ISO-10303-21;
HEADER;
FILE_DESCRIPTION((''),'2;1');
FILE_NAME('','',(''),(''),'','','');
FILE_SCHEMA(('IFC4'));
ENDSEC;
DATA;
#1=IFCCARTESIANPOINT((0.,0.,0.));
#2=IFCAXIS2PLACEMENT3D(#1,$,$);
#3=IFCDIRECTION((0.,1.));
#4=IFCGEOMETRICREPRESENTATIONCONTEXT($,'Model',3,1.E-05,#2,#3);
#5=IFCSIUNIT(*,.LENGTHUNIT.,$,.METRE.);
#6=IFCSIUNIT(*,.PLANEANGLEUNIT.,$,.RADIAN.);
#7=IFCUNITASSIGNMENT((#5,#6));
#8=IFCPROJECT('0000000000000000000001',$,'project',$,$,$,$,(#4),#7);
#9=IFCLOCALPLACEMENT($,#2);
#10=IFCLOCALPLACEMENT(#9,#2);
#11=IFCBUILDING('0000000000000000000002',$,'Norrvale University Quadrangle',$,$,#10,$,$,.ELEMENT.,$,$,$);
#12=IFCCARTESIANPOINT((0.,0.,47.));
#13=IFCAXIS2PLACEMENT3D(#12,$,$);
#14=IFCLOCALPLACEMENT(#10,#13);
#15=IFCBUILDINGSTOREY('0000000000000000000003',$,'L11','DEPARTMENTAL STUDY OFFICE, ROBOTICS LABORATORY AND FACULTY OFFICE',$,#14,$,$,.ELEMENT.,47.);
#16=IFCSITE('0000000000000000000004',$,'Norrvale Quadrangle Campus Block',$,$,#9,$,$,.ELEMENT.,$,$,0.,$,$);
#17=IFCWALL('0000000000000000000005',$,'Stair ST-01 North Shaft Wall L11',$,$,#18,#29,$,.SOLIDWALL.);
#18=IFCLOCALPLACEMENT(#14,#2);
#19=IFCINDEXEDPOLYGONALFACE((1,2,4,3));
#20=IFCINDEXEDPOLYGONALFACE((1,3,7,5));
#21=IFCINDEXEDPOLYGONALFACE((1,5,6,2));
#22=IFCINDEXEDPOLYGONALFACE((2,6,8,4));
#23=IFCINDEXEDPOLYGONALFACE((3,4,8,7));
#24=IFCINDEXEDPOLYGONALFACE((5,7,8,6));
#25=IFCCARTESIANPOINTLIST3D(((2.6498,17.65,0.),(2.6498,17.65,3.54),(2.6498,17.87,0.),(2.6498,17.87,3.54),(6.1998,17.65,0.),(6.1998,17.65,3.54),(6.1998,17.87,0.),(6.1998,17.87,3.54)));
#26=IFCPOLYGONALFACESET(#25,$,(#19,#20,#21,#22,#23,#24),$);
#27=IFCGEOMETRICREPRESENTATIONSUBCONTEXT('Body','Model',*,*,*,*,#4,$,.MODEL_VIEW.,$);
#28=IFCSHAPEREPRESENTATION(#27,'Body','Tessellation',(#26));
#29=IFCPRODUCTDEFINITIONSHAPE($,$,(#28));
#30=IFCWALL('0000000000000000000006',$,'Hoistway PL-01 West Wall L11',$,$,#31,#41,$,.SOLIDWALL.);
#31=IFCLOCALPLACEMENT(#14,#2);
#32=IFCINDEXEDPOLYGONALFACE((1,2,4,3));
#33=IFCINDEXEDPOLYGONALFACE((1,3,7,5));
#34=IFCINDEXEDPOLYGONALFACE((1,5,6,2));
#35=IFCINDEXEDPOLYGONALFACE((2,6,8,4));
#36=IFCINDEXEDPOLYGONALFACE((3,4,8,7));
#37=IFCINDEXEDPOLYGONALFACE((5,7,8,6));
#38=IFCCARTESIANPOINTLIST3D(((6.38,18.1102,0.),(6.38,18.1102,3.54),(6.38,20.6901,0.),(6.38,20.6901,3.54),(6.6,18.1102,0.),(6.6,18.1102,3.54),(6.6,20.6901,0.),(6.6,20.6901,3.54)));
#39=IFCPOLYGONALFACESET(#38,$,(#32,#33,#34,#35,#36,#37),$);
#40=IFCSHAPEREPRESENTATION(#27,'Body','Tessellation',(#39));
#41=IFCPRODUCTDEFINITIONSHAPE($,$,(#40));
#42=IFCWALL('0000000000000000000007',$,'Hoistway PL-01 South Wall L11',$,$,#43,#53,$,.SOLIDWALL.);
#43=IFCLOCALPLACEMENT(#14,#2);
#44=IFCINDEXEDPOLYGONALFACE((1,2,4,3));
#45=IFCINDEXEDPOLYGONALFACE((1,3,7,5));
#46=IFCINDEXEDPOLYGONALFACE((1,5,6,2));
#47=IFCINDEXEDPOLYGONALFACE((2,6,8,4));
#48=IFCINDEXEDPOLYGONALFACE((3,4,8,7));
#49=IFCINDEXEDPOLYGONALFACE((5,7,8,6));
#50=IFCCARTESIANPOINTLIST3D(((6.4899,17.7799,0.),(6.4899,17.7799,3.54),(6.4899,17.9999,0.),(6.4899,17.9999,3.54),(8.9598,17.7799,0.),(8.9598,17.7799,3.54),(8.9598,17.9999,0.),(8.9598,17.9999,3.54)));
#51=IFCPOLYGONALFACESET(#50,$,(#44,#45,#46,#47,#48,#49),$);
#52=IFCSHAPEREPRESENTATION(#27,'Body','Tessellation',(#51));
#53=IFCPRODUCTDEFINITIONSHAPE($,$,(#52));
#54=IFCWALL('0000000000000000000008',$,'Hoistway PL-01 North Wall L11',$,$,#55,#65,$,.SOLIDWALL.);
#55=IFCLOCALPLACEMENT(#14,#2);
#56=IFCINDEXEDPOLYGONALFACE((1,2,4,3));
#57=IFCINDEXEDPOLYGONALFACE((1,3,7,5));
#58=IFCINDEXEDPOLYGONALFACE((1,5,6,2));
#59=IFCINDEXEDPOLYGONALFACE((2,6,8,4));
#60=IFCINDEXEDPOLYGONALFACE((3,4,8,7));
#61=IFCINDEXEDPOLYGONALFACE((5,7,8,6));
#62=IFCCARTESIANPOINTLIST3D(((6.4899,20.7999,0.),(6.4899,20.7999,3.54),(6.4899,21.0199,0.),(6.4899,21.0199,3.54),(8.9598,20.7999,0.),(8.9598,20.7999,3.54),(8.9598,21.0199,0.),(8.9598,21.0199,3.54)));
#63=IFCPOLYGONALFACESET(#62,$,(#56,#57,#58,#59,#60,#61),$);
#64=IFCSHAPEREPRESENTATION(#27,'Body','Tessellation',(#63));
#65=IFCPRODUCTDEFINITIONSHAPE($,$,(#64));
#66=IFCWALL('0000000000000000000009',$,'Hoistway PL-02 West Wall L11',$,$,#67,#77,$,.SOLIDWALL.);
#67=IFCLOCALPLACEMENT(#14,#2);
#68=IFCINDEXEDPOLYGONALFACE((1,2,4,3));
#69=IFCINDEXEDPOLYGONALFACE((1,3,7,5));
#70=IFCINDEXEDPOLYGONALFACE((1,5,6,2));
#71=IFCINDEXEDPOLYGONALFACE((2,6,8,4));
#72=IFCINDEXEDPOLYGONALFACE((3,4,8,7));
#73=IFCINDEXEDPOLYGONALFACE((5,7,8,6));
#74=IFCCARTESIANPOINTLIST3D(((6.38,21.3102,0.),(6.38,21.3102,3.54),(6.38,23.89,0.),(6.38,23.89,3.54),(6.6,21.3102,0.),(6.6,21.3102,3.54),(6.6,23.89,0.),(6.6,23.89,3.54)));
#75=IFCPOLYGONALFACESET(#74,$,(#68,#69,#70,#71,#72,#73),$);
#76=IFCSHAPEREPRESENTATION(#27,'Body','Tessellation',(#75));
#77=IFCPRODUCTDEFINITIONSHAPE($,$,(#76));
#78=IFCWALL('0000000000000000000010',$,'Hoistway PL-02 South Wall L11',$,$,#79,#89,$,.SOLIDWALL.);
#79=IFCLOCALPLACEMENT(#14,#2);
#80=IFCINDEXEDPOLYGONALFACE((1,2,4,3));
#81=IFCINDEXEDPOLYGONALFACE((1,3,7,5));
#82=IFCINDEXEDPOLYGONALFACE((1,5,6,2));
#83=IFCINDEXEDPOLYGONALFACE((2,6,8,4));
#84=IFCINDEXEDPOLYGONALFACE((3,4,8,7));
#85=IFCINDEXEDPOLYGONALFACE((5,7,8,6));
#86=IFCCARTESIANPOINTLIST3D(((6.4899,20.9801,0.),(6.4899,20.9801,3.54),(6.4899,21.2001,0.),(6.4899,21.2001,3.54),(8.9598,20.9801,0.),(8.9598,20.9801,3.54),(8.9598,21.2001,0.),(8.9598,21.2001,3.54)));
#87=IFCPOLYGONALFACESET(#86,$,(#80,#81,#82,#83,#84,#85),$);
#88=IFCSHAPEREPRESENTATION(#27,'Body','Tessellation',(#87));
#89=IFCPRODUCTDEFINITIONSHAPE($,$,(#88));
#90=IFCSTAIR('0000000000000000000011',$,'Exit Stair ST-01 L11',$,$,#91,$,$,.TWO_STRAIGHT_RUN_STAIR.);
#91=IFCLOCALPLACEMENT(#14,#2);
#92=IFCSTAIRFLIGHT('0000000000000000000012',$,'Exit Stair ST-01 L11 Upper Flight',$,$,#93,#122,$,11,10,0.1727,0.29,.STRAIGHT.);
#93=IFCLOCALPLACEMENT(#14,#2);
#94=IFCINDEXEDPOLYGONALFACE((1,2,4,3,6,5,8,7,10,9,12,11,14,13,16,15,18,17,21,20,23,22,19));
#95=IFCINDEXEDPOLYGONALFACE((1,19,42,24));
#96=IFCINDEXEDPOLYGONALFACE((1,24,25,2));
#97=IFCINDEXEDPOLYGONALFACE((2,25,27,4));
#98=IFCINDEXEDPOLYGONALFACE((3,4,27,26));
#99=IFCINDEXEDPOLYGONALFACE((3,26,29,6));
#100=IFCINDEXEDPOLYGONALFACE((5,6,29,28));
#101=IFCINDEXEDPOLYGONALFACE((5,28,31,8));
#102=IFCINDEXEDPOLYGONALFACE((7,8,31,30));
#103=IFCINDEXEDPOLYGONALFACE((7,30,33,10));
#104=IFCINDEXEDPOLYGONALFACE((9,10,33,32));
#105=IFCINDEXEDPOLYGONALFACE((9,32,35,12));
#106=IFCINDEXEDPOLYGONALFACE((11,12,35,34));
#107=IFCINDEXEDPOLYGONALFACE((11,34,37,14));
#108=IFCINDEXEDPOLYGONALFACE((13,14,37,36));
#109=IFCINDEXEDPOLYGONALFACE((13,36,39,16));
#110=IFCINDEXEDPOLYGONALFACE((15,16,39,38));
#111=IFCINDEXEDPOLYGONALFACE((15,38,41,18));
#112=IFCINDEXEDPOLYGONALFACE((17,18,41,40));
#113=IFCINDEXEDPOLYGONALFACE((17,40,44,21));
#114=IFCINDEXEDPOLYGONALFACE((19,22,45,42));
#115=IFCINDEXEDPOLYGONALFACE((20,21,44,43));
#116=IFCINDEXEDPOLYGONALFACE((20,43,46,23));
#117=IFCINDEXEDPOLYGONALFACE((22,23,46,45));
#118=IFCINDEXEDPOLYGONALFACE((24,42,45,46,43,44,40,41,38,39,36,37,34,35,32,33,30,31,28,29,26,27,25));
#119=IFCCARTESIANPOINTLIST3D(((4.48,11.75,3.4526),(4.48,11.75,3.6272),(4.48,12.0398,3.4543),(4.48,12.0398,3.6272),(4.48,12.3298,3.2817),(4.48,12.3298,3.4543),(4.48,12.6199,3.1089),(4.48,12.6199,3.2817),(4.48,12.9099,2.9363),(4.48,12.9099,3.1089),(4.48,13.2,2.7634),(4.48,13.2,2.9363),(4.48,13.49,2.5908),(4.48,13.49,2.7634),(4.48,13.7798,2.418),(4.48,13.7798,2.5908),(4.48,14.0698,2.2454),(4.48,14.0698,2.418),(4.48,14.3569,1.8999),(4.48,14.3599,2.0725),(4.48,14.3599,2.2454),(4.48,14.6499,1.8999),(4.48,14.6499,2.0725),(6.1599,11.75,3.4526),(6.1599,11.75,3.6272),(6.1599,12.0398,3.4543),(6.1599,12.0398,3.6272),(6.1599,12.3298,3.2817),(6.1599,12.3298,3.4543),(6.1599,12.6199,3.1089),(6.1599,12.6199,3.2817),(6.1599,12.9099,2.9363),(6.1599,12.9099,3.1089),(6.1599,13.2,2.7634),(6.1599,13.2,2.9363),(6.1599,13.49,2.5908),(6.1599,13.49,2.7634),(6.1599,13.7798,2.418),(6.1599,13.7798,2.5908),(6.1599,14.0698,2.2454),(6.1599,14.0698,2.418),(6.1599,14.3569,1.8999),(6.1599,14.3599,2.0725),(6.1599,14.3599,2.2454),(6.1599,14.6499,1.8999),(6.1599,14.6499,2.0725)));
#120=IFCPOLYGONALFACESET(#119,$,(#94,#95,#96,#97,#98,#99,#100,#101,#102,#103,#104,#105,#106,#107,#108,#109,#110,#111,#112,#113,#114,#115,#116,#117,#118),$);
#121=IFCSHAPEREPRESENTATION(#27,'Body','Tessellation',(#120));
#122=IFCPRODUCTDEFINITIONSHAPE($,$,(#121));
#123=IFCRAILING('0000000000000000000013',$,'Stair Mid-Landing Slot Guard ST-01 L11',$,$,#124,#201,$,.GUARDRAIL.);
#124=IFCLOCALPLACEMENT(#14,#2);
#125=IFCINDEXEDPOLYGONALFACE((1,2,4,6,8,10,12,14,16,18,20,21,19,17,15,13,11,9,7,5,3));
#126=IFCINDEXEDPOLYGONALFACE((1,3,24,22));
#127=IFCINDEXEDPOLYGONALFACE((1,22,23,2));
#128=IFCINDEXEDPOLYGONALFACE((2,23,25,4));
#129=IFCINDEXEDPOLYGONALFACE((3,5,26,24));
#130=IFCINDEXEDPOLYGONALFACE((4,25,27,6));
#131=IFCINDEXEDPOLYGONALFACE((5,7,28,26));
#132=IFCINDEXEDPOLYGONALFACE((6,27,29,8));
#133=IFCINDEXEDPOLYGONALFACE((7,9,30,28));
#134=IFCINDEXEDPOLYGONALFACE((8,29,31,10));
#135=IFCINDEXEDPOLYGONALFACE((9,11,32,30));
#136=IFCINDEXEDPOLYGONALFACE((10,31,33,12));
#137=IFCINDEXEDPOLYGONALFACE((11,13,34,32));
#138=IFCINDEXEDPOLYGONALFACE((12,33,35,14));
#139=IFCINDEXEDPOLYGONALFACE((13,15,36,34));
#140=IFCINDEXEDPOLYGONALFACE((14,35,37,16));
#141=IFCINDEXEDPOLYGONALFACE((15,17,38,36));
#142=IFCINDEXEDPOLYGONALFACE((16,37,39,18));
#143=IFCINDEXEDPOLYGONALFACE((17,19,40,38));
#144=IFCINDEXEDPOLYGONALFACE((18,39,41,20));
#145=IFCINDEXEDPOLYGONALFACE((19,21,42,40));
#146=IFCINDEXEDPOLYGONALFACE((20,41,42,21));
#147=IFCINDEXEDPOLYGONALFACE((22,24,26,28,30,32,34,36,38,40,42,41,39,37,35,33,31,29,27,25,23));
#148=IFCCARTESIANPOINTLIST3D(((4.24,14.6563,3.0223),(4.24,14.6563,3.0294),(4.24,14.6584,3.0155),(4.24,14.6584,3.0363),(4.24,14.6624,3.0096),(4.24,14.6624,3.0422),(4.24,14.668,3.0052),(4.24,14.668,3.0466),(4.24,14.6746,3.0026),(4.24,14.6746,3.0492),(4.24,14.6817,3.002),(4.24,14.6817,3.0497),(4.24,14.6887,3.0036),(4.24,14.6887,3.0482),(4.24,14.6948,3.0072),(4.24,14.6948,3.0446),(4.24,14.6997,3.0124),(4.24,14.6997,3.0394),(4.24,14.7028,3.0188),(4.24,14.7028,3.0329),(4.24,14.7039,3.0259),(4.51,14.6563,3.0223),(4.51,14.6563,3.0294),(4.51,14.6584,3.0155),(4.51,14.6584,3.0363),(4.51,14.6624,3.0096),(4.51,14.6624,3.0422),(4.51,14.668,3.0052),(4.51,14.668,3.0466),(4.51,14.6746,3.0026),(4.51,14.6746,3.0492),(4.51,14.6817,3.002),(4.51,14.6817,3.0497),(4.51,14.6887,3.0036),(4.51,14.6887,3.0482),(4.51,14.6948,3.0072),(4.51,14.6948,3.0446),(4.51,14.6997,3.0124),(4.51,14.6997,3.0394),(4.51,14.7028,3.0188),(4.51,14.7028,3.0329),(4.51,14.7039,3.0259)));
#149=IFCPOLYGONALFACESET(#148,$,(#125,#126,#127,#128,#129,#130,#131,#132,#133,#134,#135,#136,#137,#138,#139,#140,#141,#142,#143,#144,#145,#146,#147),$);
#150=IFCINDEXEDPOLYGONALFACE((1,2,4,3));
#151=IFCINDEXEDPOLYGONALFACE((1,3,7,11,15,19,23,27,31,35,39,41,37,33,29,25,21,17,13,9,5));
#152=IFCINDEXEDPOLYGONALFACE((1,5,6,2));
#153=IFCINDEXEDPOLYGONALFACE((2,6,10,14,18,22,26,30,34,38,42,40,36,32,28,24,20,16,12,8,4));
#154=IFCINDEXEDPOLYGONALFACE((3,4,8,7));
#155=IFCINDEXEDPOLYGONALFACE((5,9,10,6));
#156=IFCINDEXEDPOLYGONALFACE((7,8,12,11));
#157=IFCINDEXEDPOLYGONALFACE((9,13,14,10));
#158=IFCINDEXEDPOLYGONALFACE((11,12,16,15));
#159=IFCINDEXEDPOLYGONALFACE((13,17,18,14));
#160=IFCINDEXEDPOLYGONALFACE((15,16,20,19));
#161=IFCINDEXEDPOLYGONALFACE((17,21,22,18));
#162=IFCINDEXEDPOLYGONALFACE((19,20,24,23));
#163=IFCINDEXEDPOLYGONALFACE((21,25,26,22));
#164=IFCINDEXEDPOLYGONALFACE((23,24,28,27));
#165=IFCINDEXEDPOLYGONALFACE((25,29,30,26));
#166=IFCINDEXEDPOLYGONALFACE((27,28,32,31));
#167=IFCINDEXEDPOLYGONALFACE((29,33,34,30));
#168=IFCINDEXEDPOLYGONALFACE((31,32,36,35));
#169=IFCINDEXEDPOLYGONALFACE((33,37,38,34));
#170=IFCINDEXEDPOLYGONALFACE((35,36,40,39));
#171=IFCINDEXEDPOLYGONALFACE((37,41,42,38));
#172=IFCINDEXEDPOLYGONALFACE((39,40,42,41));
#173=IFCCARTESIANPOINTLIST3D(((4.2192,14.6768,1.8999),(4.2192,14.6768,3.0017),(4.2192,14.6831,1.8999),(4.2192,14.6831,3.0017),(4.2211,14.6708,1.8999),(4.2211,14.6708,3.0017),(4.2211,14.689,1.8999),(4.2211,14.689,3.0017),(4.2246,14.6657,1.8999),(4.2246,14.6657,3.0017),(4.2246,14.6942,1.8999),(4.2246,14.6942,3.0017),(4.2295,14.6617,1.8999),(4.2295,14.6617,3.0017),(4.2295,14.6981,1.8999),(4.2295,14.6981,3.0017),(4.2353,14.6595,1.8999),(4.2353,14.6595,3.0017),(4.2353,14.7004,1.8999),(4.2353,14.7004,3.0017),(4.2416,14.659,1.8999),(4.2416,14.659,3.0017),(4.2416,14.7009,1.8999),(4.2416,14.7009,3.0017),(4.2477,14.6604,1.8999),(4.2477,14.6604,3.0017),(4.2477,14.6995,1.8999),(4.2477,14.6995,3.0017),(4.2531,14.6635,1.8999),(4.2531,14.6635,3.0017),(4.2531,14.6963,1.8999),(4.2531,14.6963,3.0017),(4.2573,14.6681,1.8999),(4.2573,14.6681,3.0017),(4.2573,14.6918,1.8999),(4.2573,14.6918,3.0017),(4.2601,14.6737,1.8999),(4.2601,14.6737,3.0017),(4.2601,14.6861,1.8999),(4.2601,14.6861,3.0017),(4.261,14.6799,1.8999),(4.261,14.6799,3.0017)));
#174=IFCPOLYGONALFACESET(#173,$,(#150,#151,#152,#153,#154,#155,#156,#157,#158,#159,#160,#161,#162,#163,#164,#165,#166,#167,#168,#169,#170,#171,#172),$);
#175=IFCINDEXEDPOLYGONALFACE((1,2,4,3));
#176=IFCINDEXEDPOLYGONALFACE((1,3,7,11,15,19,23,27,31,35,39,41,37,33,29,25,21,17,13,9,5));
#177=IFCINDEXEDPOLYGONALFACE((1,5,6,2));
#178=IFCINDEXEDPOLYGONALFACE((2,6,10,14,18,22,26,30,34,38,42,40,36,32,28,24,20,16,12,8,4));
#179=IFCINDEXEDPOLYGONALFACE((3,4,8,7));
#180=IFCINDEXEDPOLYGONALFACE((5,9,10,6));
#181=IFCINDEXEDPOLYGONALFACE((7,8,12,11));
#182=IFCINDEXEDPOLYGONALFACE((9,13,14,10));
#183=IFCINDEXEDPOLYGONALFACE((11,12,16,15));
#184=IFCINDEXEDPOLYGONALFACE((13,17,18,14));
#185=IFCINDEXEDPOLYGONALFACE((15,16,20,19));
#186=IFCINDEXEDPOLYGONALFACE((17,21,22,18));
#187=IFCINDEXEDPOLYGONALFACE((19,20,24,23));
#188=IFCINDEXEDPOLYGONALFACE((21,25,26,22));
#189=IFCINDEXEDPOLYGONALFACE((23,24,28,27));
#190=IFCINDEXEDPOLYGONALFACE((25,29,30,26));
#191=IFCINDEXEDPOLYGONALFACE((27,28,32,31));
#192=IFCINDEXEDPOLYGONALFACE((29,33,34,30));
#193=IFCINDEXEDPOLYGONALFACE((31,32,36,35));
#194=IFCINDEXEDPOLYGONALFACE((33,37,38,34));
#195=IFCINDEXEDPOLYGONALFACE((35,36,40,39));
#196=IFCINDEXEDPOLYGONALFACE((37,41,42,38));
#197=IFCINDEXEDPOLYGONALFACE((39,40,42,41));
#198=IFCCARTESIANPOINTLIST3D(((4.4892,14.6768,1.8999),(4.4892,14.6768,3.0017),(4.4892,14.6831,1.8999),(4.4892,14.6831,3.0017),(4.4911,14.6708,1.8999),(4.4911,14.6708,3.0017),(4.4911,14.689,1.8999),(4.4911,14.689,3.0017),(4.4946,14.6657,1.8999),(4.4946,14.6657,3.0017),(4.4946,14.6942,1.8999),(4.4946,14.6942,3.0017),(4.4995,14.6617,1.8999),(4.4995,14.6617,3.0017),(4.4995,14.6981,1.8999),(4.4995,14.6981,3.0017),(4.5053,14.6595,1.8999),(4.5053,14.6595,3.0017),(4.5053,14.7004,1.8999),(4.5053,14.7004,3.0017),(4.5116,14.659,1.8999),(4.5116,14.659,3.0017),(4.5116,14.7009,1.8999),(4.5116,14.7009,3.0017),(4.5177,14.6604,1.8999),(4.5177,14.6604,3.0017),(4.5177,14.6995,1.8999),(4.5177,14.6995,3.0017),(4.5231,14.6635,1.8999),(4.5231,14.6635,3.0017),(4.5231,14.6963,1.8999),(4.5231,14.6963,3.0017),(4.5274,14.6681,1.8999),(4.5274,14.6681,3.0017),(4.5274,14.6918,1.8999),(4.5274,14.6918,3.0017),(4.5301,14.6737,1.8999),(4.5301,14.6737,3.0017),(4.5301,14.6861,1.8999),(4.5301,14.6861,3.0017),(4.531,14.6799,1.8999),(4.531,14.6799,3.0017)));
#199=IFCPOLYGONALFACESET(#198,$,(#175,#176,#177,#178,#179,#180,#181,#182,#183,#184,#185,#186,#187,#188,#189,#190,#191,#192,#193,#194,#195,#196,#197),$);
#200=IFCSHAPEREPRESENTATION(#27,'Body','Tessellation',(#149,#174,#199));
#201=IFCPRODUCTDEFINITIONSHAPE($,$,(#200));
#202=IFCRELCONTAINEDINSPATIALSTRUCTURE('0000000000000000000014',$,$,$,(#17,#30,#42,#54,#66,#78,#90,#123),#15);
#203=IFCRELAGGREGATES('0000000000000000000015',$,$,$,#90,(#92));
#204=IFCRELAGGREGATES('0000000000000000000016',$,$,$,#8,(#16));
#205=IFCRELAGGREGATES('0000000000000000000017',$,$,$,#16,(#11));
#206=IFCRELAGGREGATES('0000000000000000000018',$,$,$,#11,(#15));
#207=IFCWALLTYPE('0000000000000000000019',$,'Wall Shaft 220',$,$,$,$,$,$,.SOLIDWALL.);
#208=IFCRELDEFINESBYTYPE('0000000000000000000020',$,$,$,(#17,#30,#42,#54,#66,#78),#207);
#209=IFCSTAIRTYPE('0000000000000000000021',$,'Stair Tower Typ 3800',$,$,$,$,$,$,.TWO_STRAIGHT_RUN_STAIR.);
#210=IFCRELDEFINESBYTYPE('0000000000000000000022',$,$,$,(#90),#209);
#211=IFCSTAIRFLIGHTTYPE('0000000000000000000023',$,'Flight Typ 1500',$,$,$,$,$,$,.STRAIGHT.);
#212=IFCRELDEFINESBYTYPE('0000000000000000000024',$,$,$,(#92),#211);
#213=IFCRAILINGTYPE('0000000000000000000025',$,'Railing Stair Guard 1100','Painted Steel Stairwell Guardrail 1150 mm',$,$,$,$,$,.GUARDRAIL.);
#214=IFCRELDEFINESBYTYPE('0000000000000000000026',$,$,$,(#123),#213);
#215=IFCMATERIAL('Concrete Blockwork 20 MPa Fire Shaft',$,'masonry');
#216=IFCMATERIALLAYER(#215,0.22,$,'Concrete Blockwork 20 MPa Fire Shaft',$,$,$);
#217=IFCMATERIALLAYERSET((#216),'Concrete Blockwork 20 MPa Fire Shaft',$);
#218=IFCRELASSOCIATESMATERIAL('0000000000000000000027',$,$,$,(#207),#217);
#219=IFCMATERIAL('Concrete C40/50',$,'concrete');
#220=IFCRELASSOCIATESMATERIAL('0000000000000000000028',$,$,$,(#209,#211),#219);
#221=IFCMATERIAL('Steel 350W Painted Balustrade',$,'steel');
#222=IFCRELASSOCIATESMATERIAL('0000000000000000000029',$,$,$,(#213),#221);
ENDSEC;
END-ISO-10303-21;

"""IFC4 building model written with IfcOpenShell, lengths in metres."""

from ifc_helpers import new_model, si_unit, direction, frame, frame_2d, origin, origin_2d, place, context, subcontext, project, spatial, polyline, rectangle, circle, outline, extrude, material, layer, layer_set, type_object, element, aggregate, save


model = new_model("IFC4")

# Units and contexts
model_context = context("Model", 3, precision=1e-05, world=origin(), true_north=direction((0.0, 1.0)))
body_context = subcontext(model_context, "Body", "Model", "MODEL_VIEW")
ifc_project = project(units=[si_unit("LENGTHUNIT", "METRE"), si_unit("PLANEANGLEUNIT", "RADIAN")], contexts=[model_context])

# Site, building, storey
site_placement = place(None, origin())
site = spatial("IfcSite", under=ifc_project, at=site_placement, Name="Norrvale Quadrangle Campus Block", CompositionType="ELEMENT", RefElevation=0.0)
building_placement = place(site_placement, origin())
building = spatial("IfcBuilding", under=site, at=building_placement, Name="Norrvale University Quadrangle", CompositionType="ELEMENT")
storey_placement = place(building_placement, frame((0.0, 0.0, 47.0)))
storey = spatial("IfcBuildingStorey", under=building, at=storey_placement, Name="L11", Description="DEPARTMENTAL STUDY OFFICE, ROBOTICS LABORATORY AND FACULTY OFFICE", CompositionType="ELEMENT", Elevation=47.0)

# Walls
ifc_material_1 = material(Name="Concrete Blockwork 20 MPa Fire Shaft", Category="masonry")
ifc_layer_1 = layer(ifc_material_1, 0.22, Name="Concrete Blockwork 20 MPa Fire Shaft")
ifc_layer_set_1 = layer_set([ifc_layer_1], Name="Concrete Blockwork 20 MPa Fire Shaft")
wall_type_1 = type_object("IfcWallType", Name="Wall Shaft 220", PredefinedType="SOLIDWALL", material=ifc_layer_set_1)
wall_1_placement = place(storey_placement, frame((2.6499, 17.76, 0.0), z_axis=(0.0, 0.0, 1.0), x_axis=(1.0, 0.0, 0.0)))
element("IfcWall", 1, at=wall_1_placement, inside=storey, type_object=wall_type_1, Name="Stair ST-01 North Shaft Wall L11", PredefinedType="SOLIDWALL", context=body_context, shape_type="SweptSolid", body=[
    extrude(rectangle(XDim=3.55, YDim=0.22, at=frame_2d((1.7749, 0.0))), origin(), (0.0, 0.0, 1.0), 3.54),
])
wall_2_placement = place(storey_placement, frame((6.49, 18.1101, 0.0), z_axis=(0.0, 0.0, 1.0), x_axis=(0.0, 1.0, 0.0)))
element("IfcWall", 2, at=wall_2_placement, inside=storey, type_object=wall_type_1, Name="Hoistway PL-01 West Wall L11", PredefinedType="SOLIDWALL", context=body_context, shape_type="SweptSolid", body=[
    extrude(rectangle(XDim=2.5798, YDim=0.22, at=frame_2d((1.29, 0.0))), origin(), (0.0, 0.0, 1.0), 3.54),
])
for number, where, z_axis, x_axis, name in (
    (3, (6.49, 17.8899, 0.0), (0.0, 0.0, 1.0), (1.0, 0.0, 0.0), "Hoistway PL-01 South Wall L11"),
    (4, (6.49, 20.9099, 0.0), (0.0, 0.0, 1.0), (1.0, 0.0, 0.0), "Hoistway PL-01 North Wall L11"),
):
    element("IfcWall", number, at=place(storey_placement, frame(where, z_axis=z_axis, x_axis=x_axis)), inside=storey, type_object=wall_type_1, Name=name, PredefinedType="SOLIDWALL", context=body_context, shape_type="SweptSolid", body=[
        extrude(rectangle(XDim=2.47, YDim=0.22, at=frame_2d((1.2349, 0.0))), origin(), (0.0, 0.0, 1.0), 3.54),
    ])
wall_3_placement = place(storey_placement, frame((6.49, 21.3101, 0.0), z_axis=(0.0, 0.0, 1.0), x_axis=(0.0, 1.0, 0.0)))
element("IfcWall", 5, at=wall_3_placement, inside=storey, type_object=wall_type_1, Name="Hoistway PL-02 West Wall L11", PredefinedType="SOLIDWALL", context=body_context, shape_type="SweptSolid", body=[
    extrude(rectangle(XDim=2.5798, YDim=0.22, at=frame_2d((1.29, 0.0))), origin(), (0.0, 0.0, 1.0), 3.54),
])
wall_4_placement = place(storey_placement, frame((6.49, 21.0901, 0.0), z_axis=(0.0, 0.0, 1.0), x_axis=(1.0, 0.0, 0.0)))
element("IfcWall", 6, at=wall_4_placement, inside=storey, type_object=wall_type_1, Name="Hoistway PL-02 South Wall L11", PredefinedType="SOLIDWALL", context=body_context, shape_type="SweptSolid", body=[
    extrude(rectangle(XDim=2.47, YDim=0.22, at=frame_2d((1.2349, 0.0))), origin(), (0.0, 0.0, 1.0), 3.54),
])

# Stair, stair flight
ifc_material_2 = material(Name="Concrete C40/50", Category="concrete")
stair_type = type_object("IfcStairType", Name="Stair Tower Typ 3800", PredefinedType="TWO_STRAIGHT_RUN_STAIR", material=ifc_material_2)
stair_placement = place(storey_placement, origin())
stair = element("IfcStair", 7, at=stair_placement, inside=storey, type_object=stair_type, Name="Exit Stair ST-01 L11", PredefinedType="TWO_STRAIGHT_RUN_STAIR")
stair_flight_type = type_object("IfcStairFlightType", Name="Flight Typ 1500", PredefinedType="STRAIGHT", material=ifc_material_2)
stair_flight_placement = place(storey_placement, frame((5.3201, 14.6499, 1.8999), z_axis=(0.0, 0.0, 1.0), x_axis=(0.0, -1.0, 0.0)))
stair_flight = element("IfcStairFlight", 8, at=stair_flight_placement, type_object=stair_flight_type, Name="Exit Stair ST-01 L11 Upper Flight", NumberOfRisers=11, NumberOfTreads=10, PredefinedType="STRAIGHT", RiserHeight=0.1727, TreadLength=0.29, context=body_context, shape_type="SweptSolid", body=[
    extrude(outline(polyline([(0.0, 0.0), (0.0, 0.1726), (0.29, 0.1726), (0.29, 0.3455), (0.5801, 0.3455), (0.5801, 0.5181), (0.8701, 0.5181), (0.8701, 0.6909), (1.1599, 0.6909), (1.1599, 0.8635), (1.45, 0.8635), (1.45, 1.0364), (1.74, 1.0364), (1.74, 1.209), (2.03, 1.209), (2.03, 1.3818), (2.3201, 1.3818), (2.3201, 1.5544), (2.6101, 1.5544), (2.6101, 1.7273), (2.8999, 1.7273), (2.8999, 1.8999), (2.8999, 1.5527), (0.293, 0.0), (0.0, 0.0)])), frame((0.0, 0.8398, 0.0), z_axis=(0.0, -1.0, 0.0), x_axis=(1.0, 0.0, 0.0)), (0.0, 0.0, 1.0), 1.6799),
])
aggregate(stair, [stair_flight])

# Railing
ifc_material_3 = material(Name="Steel 350W Painted Balustrade", Category="steel")
railing_type_1 = type_object("IfcRailingType", Name="Railing Stair Guard 1100", Description="Painted Steel Stairwell Guardrail 1150 mm", PredefinedType="GUARDRAIL", material=ifc_material_3)
railing_1_placement = place(storey_placement, frame((4.24, 14.6799, 1.8999)))
element("IfcRailing", 9, at=railing_1_placement, inside=storey, type_object=railing_type_1, Name="Stair Mid-Landing Slot Guard ST-01 L11", PredefinedType="GUARDRAIL", context=body_context, shape_type="SweptSolid", body=[
    extrude(circle(Radius=0.0239, at=origin_2d()), frame((0.0, 0.0, 1.126), z_axis=(1.0, 0.0, 0.0), x_axis=(0.0, 1.0, 0.0)), (0.0, 0.0, 1.0), 0.27),
    extrude(circle(Radius=0.021, at=origin_2d()), origin(), (0.0, 0.0, 1.0), 1.1018),
    extrude(circle(Radius=0.021, at=origin_2d()), frame((0.27, 0.0, 0.0)), (0.0, 0.0, 1.0), 1.1018),
])

save(model, "model.ifc")
